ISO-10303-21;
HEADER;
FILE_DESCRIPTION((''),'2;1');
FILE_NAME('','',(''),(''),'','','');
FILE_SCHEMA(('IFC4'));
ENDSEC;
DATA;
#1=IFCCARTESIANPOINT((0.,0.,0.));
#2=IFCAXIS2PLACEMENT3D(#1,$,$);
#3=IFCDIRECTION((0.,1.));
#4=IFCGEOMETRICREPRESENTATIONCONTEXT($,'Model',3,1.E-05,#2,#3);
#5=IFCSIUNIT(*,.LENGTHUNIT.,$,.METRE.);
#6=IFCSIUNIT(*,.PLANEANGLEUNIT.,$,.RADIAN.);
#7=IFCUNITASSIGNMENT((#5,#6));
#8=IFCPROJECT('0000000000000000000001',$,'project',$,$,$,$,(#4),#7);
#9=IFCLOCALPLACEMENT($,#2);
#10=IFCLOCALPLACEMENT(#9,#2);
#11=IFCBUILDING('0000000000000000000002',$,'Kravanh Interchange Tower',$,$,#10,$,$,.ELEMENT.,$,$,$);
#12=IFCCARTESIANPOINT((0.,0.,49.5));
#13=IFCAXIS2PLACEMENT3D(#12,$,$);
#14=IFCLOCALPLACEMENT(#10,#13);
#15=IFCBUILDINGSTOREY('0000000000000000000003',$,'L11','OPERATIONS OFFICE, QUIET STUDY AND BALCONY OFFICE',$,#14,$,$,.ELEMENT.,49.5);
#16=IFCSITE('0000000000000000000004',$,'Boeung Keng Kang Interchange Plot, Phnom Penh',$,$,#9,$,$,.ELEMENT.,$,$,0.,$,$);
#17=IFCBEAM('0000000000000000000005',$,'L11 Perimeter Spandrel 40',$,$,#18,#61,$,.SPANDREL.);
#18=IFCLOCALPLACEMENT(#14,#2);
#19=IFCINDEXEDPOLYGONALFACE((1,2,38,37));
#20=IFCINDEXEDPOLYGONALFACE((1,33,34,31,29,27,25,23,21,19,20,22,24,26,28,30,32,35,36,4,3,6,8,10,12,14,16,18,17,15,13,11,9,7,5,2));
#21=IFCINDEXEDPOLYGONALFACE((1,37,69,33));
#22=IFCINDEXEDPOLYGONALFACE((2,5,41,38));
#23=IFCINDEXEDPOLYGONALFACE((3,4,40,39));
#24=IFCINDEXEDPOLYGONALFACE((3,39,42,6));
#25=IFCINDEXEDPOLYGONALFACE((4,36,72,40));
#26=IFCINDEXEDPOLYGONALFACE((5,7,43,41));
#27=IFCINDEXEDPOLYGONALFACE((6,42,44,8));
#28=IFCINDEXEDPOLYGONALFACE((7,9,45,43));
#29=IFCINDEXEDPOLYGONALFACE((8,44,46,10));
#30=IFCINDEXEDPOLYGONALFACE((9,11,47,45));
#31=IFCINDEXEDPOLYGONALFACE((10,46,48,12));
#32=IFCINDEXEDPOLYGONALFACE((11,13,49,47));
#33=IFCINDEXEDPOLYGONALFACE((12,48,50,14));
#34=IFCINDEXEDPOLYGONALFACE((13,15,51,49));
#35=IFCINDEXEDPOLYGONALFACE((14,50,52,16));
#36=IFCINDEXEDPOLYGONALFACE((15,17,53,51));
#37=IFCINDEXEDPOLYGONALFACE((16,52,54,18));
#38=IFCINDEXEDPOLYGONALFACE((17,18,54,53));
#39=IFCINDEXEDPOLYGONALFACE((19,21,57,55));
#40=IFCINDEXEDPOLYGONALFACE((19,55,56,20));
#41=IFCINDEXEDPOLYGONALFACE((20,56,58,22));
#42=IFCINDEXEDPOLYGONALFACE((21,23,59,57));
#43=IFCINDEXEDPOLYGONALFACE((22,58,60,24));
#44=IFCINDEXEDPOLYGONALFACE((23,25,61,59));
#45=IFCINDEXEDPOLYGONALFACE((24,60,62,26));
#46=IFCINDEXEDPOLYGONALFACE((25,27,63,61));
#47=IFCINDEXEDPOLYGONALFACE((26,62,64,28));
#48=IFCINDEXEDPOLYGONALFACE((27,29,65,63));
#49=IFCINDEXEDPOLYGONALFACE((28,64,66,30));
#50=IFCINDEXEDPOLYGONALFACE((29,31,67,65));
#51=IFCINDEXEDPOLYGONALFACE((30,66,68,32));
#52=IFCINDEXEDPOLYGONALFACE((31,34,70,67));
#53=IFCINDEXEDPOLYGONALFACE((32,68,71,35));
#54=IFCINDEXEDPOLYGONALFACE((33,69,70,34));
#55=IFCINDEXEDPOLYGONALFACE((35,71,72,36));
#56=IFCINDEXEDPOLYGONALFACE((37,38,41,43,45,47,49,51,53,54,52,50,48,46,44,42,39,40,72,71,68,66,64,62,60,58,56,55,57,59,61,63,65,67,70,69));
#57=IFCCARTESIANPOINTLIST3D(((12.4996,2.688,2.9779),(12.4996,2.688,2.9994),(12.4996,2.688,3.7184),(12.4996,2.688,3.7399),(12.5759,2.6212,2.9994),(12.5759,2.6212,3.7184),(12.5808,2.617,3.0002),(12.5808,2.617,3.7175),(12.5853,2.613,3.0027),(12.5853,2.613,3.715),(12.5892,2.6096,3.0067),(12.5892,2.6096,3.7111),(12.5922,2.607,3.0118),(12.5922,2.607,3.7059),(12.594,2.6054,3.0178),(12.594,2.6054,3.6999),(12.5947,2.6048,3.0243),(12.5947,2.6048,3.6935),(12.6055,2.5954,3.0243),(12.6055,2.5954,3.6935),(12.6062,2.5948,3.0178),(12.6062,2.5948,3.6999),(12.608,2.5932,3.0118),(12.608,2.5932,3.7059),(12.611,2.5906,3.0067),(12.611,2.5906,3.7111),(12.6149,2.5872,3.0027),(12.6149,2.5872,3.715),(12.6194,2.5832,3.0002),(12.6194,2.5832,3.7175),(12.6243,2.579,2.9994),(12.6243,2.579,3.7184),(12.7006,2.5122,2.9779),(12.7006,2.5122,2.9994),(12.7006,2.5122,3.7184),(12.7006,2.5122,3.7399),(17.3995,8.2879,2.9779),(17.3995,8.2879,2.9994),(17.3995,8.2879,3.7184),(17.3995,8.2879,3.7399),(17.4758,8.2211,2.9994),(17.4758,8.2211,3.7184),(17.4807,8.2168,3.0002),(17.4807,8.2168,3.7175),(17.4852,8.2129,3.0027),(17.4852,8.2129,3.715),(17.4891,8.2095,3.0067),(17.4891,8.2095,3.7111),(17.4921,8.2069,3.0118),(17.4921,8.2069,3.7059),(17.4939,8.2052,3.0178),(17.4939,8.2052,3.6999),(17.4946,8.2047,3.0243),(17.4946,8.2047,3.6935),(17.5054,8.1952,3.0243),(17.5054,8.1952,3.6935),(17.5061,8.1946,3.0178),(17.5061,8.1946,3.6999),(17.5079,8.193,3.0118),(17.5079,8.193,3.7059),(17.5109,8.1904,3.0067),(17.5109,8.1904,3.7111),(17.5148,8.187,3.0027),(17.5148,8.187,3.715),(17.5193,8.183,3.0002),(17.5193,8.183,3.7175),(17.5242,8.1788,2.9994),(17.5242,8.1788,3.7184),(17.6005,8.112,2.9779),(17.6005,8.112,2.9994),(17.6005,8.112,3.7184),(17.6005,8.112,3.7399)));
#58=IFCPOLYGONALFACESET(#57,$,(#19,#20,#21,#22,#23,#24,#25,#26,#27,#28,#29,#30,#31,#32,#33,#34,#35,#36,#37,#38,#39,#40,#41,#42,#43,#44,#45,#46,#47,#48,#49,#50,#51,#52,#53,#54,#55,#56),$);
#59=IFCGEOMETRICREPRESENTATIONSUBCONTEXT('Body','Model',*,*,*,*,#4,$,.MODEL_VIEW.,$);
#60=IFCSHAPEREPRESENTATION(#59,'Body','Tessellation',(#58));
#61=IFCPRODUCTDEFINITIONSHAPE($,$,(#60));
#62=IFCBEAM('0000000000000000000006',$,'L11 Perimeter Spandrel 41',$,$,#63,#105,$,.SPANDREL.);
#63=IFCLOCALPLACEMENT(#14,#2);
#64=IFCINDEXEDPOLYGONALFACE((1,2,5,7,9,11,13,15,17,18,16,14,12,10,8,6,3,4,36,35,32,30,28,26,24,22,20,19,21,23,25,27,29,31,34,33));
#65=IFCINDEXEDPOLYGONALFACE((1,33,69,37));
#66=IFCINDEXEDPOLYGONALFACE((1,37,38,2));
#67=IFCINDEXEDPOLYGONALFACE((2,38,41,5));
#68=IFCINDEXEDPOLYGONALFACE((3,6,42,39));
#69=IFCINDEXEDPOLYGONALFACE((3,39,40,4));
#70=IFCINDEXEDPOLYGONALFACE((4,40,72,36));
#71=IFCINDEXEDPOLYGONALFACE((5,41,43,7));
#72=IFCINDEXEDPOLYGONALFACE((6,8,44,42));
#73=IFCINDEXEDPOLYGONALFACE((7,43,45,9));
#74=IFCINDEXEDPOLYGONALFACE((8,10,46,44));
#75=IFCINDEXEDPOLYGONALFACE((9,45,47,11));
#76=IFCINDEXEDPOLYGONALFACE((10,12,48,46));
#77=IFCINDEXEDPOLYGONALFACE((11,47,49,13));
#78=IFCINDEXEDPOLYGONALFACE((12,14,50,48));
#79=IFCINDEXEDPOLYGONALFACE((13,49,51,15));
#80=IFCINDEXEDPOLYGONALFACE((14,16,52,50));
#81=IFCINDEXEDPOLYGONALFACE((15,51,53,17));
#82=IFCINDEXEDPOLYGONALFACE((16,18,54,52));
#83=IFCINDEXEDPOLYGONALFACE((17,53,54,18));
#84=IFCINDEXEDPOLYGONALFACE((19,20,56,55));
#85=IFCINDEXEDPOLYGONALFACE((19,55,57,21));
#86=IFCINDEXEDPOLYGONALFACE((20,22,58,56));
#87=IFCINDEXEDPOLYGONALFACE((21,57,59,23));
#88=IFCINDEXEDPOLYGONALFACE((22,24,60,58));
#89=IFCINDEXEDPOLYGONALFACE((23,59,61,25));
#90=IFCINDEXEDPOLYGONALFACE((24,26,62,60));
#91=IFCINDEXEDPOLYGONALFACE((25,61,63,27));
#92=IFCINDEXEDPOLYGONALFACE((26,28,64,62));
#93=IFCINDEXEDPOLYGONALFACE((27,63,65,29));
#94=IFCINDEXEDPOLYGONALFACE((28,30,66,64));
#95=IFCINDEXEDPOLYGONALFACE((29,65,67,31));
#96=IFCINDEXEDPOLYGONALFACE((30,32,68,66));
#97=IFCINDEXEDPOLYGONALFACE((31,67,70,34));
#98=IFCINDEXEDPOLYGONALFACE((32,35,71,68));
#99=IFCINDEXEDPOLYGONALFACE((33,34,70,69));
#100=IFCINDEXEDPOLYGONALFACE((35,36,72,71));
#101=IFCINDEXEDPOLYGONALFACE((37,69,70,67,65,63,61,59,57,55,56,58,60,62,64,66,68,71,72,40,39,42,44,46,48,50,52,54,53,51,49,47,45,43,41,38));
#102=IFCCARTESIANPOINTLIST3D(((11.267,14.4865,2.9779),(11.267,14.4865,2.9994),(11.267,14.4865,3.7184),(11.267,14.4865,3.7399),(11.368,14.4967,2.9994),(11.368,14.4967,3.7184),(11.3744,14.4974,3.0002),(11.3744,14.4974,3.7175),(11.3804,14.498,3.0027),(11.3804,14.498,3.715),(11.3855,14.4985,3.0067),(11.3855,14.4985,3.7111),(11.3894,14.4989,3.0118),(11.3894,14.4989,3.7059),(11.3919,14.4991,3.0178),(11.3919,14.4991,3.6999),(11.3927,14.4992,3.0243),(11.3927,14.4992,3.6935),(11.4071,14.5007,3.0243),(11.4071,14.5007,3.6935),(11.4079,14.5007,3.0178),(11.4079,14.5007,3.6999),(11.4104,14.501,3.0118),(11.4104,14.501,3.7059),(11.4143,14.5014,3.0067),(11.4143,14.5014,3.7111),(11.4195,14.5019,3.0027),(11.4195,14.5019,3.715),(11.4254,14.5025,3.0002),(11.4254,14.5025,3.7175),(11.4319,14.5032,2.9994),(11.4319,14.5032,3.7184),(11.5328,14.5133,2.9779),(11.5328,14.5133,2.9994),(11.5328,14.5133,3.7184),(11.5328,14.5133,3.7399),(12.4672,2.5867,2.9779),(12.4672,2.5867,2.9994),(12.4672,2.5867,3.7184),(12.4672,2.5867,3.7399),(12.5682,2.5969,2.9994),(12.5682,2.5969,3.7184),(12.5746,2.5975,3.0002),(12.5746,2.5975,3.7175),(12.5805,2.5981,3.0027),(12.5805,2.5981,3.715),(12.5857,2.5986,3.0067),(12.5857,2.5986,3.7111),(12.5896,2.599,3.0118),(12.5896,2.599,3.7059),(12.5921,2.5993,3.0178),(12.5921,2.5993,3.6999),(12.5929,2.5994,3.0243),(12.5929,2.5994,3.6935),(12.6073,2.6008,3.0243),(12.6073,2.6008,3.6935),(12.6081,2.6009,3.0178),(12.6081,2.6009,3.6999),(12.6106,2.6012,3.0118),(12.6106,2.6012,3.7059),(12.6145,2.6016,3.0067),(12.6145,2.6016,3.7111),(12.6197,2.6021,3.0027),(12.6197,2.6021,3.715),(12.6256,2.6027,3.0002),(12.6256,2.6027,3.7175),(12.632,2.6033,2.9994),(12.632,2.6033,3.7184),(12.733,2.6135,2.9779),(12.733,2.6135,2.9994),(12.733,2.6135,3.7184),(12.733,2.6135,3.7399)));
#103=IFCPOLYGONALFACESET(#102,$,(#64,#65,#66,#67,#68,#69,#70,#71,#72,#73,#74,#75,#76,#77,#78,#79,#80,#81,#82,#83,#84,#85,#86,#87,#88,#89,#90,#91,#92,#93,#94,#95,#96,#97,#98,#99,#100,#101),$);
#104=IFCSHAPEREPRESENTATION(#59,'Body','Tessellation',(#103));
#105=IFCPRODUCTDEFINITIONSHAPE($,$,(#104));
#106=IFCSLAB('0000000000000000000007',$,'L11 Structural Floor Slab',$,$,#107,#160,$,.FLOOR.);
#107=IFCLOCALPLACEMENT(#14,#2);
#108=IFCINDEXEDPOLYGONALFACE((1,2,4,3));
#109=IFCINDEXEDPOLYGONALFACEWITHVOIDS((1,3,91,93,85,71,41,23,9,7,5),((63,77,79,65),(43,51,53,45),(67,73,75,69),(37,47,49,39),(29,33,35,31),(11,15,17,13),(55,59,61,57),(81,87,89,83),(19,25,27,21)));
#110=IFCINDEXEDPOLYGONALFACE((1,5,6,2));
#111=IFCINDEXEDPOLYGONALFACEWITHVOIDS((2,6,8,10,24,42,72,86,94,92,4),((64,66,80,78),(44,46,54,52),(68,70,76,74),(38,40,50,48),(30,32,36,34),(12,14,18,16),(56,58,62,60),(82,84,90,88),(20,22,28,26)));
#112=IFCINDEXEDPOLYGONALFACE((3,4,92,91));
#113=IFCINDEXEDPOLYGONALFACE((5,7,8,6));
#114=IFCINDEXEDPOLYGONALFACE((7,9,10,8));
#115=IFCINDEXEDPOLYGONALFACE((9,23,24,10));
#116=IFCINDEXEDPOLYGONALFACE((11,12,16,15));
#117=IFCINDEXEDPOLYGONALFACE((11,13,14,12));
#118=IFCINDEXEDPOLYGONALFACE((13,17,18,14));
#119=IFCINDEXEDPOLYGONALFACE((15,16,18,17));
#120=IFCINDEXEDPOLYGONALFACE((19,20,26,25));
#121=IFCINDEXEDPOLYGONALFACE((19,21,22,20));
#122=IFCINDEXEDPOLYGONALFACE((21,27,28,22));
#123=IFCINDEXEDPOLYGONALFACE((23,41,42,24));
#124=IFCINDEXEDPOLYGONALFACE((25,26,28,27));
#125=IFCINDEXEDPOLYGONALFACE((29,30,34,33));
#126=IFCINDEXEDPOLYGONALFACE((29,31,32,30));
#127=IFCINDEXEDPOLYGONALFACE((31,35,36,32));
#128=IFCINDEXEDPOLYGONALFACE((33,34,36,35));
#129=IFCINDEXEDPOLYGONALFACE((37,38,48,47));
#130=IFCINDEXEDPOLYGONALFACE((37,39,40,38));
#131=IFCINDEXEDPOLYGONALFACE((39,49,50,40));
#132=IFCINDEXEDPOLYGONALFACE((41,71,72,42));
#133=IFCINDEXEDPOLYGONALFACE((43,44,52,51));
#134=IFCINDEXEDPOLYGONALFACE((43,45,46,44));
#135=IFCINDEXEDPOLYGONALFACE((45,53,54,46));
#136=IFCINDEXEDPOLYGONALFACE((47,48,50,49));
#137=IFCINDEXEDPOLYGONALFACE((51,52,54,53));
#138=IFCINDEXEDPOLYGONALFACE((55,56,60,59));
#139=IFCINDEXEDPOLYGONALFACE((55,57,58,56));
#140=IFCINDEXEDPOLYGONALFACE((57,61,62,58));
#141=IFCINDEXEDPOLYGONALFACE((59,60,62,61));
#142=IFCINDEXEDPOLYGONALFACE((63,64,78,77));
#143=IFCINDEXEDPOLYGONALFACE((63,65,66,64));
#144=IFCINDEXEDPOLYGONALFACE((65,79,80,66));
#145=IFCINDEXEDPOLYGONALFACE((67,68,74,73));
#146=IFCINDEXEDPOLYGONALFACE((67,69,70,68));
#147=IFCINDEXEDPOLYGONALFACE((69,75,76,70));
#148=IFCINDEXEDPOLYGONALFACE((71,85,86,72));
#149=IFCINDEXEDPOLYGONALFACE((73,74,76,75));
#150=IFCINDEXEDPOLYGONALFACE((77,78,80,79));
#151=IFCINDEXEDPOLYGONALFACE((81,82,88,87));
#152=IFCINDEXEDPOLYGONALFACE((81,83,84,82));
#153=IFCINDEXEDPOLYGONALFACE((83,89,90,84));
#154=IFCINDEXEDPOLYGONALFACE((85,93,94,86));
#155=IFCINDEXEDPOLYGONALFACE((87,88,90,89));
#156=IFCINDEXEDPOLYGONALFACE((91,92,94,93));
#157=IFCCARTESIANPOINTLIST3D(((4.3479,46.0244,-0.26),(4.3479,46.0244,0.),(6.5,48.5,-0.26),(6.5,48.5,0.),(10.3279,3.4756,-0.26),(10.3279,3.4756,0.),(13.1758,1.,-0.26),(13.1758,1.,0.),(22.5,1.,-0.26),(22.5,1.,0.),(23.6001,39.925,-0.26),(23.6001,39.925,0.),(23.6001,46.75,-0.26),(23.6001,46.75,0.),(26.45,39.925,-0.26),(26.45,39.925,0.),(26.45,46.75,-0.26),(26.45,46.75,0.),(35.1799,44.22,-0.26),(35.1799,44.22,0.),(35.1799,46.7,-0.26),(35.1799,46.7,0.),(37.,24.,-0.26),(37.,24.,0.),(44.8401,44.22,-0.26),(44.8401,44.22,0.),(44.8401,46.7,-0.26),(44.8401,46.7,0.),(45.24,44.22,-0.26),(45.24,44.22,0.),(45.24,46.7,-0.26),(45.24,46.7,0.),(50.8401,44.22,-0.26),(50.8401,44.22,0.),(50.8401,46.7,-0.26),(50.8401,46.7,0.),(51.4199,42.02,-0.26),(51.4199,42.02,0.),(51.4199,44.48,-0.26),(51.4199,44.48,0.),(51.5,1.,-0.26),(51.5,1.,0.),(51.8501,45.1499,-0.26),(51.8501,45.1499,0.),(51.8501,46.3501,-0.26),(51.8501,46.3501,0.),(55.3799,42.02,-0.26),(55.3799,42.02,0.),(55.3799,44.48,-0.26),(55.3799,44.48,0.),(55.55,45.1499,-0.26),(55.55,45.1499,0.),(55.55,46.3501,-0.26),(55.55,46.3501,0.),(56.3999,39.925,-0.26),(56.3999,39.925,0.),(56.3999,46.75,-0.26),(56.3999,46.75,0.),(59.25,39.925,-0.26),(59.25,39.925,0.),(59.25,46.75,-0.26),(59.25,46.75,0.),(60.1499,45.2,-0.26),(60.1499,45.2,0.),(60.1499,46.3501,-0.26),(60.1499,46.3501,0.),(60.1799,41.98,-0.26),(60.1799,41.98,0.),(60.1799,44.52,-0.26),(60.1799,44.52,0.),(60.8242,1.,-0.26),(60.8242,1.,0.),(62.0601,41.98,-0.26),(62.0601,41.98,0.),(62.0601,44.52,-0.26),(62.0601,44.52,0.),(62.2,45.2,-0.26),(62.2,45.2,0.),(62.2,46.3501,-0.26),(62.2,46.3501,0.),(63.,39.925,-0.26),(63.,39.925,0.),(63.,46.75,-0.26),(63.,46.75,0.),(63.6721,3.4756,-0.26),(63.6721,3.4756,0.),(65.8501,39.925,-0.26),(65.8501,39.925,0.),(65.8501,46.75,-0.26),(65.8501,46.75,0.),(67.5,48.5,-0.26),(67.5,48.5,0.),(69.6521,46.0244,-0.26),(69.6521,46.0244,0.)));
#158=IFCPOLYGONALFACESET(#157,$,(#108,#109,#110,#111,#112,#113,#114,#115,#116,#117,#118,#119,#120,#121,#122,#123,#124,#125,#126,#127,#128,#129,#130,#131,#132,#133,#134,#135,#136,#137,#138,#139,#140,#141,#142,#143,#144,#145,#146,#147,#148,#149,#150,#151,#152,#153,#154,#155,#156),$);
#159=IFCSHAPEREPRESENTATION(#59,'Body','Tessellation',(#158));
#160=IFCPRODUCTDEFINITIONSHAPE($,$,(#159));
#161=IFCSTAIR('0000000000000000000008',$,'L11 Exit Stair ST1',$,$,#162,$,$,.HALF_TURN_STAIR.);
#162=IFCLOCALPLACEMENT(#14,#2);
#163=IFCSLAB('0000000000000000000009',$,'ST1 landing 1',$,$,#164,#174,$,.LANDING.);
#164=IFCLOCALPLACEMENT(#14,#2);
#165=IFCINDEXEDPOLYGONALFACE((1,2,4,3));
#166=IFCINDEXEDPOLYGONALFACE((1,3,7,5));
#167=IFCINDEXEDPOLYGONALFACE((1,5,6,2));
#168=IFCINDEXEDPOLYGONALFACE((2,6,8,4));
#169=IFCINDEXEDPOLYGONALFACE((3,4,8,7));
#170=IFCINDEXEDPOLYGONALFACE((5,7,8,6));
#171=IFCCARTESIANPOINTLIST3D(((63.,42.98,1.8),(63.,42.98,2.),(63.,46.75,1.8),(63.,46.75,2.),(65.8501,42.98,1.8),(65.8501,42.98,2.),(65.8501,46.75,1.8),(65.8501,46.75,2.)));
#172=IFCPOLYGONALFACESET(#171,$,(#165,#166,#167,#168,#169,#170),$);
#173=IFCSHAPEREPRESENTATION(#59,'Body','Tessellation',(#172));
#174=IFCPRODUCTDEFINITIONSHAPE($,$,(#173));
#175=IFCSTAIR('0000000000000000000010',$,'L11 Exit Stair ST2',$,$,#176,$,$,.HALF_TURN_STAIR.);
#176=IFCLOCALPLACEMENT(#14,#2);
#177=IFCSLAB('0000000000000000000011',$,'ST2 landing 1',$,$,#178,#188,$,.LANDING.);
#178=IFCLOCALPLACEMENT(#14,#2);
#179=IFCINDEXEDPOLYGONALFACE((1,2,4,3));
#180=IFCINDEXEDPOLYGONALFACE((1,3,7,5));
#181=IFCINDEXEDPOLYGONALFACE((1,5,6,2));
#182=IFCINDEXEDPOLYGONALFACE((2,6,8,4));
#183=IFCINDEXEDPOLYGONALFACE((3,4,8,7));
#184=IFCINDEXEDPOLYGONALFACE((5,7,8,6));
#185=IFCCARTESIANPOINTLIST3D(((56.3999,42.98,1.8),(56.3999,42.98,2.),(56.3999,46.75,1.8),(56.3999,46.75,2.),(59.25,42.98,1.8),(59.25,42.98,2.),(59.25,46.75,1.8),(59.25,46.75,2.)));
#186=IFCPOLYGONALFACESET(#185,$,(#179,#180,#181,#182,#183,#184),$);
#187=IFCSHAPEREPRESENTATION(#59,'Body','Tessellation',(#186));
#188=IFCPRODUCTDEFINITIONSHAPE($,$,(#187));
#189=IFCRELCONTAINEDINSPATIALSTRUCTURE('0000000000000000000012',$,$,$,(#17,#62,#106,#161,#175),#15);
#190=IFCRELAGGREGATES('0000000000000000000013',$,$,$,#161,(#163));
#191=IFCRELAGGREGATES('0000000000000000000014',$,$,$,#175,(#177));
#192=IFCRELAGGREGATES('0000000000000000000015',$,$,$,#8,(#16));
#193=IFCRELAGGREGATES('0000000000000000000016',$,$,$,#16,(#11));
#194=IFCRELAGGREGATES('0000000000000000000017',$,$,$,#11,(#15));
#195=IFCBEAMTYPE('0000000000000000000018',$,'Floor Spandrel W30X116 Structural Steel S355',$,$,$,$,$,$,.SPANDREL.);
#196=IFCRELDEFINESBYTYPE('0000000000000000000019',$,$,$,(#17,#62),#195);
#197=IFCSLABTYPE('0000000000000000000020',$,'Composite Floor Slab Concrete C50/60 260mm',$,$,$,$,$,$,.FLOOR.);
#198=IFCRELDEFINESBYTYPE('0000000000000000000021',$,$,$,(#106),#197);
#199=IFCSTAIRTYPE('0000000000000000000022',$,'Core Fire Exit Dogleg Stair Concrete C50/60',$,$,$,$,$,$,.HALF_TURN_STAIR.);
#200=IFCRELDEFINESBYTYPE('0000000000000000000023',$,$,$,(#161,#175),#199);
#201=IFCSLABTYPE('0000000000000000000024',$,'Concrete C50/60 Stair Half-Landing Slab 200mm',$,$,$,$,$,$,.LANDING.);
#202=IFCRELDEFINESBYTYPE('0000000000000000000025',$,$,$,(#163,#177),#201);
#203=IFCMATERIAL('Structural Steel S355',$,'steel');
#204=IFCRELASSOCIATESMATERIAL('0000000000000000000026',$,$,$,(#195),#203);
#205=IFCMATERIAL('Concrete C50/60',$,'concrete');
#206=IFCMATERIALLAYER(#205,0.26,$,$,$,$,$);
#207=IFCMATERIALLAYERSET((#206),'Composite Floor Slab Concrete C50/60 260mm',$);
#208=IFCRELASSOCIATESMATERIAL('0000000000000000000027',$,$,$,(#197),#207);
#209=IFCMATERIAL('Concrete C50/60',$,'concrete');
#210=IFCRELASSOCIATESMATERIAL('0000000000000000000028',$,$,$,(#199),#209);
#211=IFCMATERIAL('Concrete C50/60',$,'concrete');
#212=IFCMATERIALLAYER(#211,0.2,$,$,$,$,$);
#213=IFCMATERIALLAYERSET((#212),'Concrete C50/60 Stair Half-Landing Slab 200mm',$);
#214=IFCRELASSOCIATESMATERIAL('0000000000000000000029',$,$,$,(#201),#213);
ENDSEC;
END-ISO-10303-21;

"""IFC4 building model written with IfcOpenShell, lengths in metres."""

from ifc_helpers import new_model, si_unit, direction, frame, origin, origin_2d, place, context, subcontext, project, spatial, polyline, i_section, outline, extrude, material, layer, layer_set, material_profile, profile_set, type_object, element, aggregate, save


model = new_model("IFC4")

# Units and contexts
model_context = context("Model", 3, precision=1e-05, world=origin(), true_north=direction((0.0, 1.0)))
body_context = subcontext(model_context, "Body", "Model", "MODEL_VIEW")
ifc_project = project(units=[si_unit("LENGTHUNIT", "METRE"), si_unit("PLANEANGLEUNIT", "RADIAN")], contexts=[model_context])

# Site, building, storey
site_placement = place(None, origin())
site = spatial("IfcSite", under=ifc_project, at=site_placement, Name="Boeung Keng Kang Interchange Plot, Phnom Penh", CompositionType="ELEMENT", RefElevation=0.0)
building_placement = place(site_placement, origin())
building = spatial("IfcBuilding", under=site, at=building_placement, Name="Kravanh Interchange Tower", CompositionType="ELEMENT")
storey_placement = place(building_placement, frame((0.0, 0.0, 49.5)))
storey = spatial("IfcBuildingStorey", under=building, at=storey_placement, Name="L11", Description="OPERATIONS OFFICE, QUIET STUDY AND BALCONY OFFICE", CompositionType="ELEMENT", Elevation=49.5)

# Beams
ifc_material_1 = material(Name="Structural Steel S355", Category="steel")
ifc_material_profile_1 = material_profile(ifc_material_1, i_section(OverallWidth=0.2671, OverallDepth=0.762, WebThickness=0.0144, FlangeThickness=0.0215, FilletRadius=0.0249, at=origin_2d()), Name="W30X116")
ifc_profile_set_1 = profile_set([ifc_material_profile_1], Name="Structural Steel S355")
beam_type_1 = type_object("IfcBeamType", Name="Floor Spandrel W30X116 Structural Steel S355", PredefinedType="SPANDREL", material=ifc_profile_set_1)
beam_1_placement = place(storey_placement, frame((12.6001, 2.6001, 3.3589), z_axis=(0.658507, 0.752575, 0.0), x_axis=(-0.752575, 0.658507, 0.0)))
element("IfcBeam", 1, at=beam_1_placement, inside=storey, type_object=beam_type_1, Name="L11 Perimeter Spandrel 40", PredefinedType="SPANDREL", context=body_context, shape_type="SweptSolid", body=[
    extrude(i_section(OverallWidth=0.2671, OverallDepth=0.762, WebThickness=0.0144, FlangeThickness=0.0215, FilletRadius=0.0249, at=origin_2d()), origin(), (0.0, 0.0, 1.0), 7.4409),
])
beam_2_placement = place(storey_placement, frame((12.6001, 2.6001, 3.3589), z_axis=(-0.100348, 0.994952, 0.0), x_axis=(-0.994952, -0.100348, 0.0)))
element("IfcBeam", 2, at=beam_2_placement, inside=storey, type_object=beam_type_1, Name="L11 Perimeter Spandrel 41", PredefinedType="SPANDREL", context=body_context, shape_type="SweptSolid", body=[
    extrude(i_section(OverallWidth=0.2671, OverallDepth=0.762, WebThickness=0.0144, FlangeThickness=0.0215, FilletRadius=0.0249, at=origin_2d()), origin(), (0.0, 0.0, 1.0), 11.9602),
])

# Slab
ifc_material_2 = material(Name="Concrete C50/60", Category="concrete")
ifc_layer_1 = layer(ifc_material_2, 0.26)
ifc_layer_set_1 = layer_set([ifc_layer_1], Name="Composite Floor Slab Concrete C50/60 260mm")
slab_type_1 = type_object("IfcSlabType", Name="Composite Floor Slab Concrete C50/60 260mm", PredefinedType="FLOOR", material=ifc_layer_set_1)
slab_1_placement = place(storey_placement, frame((0.0, 0.0, -0.26)))
element("IfcSlab", 3, at=slab_1_placement, inside=storey, type_object=slab_type_1, Name="L11 Structural Floor Slab", PredefinedType="FLOOR", context=body_context, shape_type="SweptSolid", body=[
    extrude(outline(polyline([(10.3279, 3.4756), (13.1758, 1.0), (22.5, 1.0), (37.0, 24.0), (51.5, 1.0), (60.8242, 1.0), (63.6721, 3.4756), (69.6521, 46.0244), (67.5, 48.5), (6.5, 48.5), (4.3479, 46.0244), (10.3279, 3.4756)]), holes=[polyline([(65.8501, 39.925), (65.8501, 46.75), (63.0, 46.75), (63.0, 39.925), (65.8501, 39.925)]), polyline([(59.25, 39.925), (59.25, 46.75), (56.3999, 46.75), (56.3999, 39.925), (59.25, 39.925)]), polyline([(26.45, 39.925), (26.45, 46.75), (23.6001, 46.75), (23.6001, 39.925), (26.45, 39.925)]), polyline([(35.1799, 44.22), (44.8401, 44.22), (44.8401, 46.7), (35.1799, 46.7), (35.1799, 44.22)]), polyline([(45.24, 44.22), (50.8401, 44.22), (50.8401, 46.7), (45.24, 46.7), (45.24, 44.22)]), polyline([(51.4199, 42.02), (55.3799, 42.02), (55.3799, 44.48), (51.4199, 44.48), (51.4199, 42.02)]), polyline([(60.1799, 41.98), (62.0601, 41.98), (62.0601, 44.52), (60.1799, 44.52), (60.1799, 41.98)]), polyline([(60.1499, 45.2), (62.2, 45.2), (62.2, 46.3501), (60.1499, 46.3501), (60.1499, 45.2)]), polyline([(51.8501, 45.1499), (55.55, 45.1499), (55.55, 46.3501), (51.8501, 46.3501), (51.8501, 45.1499)])]), origin(), (0.0, 0.0, 1.0), 0.26),
])

# Stairs, slabs
ifc_material_3 = material(Name="Concrete C50/60", Category="concrete")
stair_type = type_object("IfcStairType", Name="Core Fire Exit Dogleg Stair Concrete C50/60", PredefinedType="HALF_TURN_STAIR", material=ifc_material_3)
stair_1_placement = place(storey_placement, origin())
stair_1 = element("IfcStair", 4, at=stair_1_placement, inside=storey, type_object=stair_type, Name="L11 Exit Stair ST1", PredefinedType="HALF_TURN_STAIR")
ifc_material_4 = material(Name="Concrete C50/60", Category="concrete")
ifc_layer_2 = layer(ifc_material_4, 0.2)
ifc_layer_set_2 = layer_set([ifc_layer_2], Name="Concrete C50/60 Stair Half-Landing Slab 200mm")
slab_type_2 = type_object("IfcSlabType", Name="Concrete C50/60 Stair Half-Landing Slab 200mm", PredefinedType="LANDING", material=ifc_layer_set_2)
slab_2_placement = place(storey_placement, frame((0.0, 0.0, 1.8)))
slab_2 = element("IfcSlab", 5, at=slab_2_placement, type_object=slab_type_2, Name="ST1 landing 1", PredefinedType="LANDING", context=body_context, shape_type="SweptSolid", body=[
    extrude(outline(polyline([(65.8501, 42.98), (65.8501, 46.75), (63.0, 46.75), (63.0, 42.98), (65.8501, 42.98)])), origin(), (0.0, 0.0, 1.0), 0.2),
])
aggregate(stair_1, [slab_2])
stair_2_placement = place(storey_placement, origin())
stair_2 = element("IfcStair", 6, at=stair_2_placement, inside=storey, type_object=stair_type, Name="L11 Exit Stair ST2", PredefinedType="HALF_TURN_STAIR")
slab_3_placement = place(storey_placement, frame((0.0, 0.0, 1.8)))
slab_3 = element("IfcSlab", 7, at=slab_3_placement, type_object=slab_type_2, Name="ST2 landing 1", PredefinedType="LANDING", context=body_context, shape_type="SweptSolid", body=[
    extrude(outline(polyline([(59.25, 42.98), (59.25, 46.75), (56.3999, 46.75), (56.3999, 42.98), (59.25, 42.98)])), origin(), (0.0, 0.0, 1.0), 0.2),
])
aggregate(stair_2, [slab_3])

save(model, "model.ifc")
